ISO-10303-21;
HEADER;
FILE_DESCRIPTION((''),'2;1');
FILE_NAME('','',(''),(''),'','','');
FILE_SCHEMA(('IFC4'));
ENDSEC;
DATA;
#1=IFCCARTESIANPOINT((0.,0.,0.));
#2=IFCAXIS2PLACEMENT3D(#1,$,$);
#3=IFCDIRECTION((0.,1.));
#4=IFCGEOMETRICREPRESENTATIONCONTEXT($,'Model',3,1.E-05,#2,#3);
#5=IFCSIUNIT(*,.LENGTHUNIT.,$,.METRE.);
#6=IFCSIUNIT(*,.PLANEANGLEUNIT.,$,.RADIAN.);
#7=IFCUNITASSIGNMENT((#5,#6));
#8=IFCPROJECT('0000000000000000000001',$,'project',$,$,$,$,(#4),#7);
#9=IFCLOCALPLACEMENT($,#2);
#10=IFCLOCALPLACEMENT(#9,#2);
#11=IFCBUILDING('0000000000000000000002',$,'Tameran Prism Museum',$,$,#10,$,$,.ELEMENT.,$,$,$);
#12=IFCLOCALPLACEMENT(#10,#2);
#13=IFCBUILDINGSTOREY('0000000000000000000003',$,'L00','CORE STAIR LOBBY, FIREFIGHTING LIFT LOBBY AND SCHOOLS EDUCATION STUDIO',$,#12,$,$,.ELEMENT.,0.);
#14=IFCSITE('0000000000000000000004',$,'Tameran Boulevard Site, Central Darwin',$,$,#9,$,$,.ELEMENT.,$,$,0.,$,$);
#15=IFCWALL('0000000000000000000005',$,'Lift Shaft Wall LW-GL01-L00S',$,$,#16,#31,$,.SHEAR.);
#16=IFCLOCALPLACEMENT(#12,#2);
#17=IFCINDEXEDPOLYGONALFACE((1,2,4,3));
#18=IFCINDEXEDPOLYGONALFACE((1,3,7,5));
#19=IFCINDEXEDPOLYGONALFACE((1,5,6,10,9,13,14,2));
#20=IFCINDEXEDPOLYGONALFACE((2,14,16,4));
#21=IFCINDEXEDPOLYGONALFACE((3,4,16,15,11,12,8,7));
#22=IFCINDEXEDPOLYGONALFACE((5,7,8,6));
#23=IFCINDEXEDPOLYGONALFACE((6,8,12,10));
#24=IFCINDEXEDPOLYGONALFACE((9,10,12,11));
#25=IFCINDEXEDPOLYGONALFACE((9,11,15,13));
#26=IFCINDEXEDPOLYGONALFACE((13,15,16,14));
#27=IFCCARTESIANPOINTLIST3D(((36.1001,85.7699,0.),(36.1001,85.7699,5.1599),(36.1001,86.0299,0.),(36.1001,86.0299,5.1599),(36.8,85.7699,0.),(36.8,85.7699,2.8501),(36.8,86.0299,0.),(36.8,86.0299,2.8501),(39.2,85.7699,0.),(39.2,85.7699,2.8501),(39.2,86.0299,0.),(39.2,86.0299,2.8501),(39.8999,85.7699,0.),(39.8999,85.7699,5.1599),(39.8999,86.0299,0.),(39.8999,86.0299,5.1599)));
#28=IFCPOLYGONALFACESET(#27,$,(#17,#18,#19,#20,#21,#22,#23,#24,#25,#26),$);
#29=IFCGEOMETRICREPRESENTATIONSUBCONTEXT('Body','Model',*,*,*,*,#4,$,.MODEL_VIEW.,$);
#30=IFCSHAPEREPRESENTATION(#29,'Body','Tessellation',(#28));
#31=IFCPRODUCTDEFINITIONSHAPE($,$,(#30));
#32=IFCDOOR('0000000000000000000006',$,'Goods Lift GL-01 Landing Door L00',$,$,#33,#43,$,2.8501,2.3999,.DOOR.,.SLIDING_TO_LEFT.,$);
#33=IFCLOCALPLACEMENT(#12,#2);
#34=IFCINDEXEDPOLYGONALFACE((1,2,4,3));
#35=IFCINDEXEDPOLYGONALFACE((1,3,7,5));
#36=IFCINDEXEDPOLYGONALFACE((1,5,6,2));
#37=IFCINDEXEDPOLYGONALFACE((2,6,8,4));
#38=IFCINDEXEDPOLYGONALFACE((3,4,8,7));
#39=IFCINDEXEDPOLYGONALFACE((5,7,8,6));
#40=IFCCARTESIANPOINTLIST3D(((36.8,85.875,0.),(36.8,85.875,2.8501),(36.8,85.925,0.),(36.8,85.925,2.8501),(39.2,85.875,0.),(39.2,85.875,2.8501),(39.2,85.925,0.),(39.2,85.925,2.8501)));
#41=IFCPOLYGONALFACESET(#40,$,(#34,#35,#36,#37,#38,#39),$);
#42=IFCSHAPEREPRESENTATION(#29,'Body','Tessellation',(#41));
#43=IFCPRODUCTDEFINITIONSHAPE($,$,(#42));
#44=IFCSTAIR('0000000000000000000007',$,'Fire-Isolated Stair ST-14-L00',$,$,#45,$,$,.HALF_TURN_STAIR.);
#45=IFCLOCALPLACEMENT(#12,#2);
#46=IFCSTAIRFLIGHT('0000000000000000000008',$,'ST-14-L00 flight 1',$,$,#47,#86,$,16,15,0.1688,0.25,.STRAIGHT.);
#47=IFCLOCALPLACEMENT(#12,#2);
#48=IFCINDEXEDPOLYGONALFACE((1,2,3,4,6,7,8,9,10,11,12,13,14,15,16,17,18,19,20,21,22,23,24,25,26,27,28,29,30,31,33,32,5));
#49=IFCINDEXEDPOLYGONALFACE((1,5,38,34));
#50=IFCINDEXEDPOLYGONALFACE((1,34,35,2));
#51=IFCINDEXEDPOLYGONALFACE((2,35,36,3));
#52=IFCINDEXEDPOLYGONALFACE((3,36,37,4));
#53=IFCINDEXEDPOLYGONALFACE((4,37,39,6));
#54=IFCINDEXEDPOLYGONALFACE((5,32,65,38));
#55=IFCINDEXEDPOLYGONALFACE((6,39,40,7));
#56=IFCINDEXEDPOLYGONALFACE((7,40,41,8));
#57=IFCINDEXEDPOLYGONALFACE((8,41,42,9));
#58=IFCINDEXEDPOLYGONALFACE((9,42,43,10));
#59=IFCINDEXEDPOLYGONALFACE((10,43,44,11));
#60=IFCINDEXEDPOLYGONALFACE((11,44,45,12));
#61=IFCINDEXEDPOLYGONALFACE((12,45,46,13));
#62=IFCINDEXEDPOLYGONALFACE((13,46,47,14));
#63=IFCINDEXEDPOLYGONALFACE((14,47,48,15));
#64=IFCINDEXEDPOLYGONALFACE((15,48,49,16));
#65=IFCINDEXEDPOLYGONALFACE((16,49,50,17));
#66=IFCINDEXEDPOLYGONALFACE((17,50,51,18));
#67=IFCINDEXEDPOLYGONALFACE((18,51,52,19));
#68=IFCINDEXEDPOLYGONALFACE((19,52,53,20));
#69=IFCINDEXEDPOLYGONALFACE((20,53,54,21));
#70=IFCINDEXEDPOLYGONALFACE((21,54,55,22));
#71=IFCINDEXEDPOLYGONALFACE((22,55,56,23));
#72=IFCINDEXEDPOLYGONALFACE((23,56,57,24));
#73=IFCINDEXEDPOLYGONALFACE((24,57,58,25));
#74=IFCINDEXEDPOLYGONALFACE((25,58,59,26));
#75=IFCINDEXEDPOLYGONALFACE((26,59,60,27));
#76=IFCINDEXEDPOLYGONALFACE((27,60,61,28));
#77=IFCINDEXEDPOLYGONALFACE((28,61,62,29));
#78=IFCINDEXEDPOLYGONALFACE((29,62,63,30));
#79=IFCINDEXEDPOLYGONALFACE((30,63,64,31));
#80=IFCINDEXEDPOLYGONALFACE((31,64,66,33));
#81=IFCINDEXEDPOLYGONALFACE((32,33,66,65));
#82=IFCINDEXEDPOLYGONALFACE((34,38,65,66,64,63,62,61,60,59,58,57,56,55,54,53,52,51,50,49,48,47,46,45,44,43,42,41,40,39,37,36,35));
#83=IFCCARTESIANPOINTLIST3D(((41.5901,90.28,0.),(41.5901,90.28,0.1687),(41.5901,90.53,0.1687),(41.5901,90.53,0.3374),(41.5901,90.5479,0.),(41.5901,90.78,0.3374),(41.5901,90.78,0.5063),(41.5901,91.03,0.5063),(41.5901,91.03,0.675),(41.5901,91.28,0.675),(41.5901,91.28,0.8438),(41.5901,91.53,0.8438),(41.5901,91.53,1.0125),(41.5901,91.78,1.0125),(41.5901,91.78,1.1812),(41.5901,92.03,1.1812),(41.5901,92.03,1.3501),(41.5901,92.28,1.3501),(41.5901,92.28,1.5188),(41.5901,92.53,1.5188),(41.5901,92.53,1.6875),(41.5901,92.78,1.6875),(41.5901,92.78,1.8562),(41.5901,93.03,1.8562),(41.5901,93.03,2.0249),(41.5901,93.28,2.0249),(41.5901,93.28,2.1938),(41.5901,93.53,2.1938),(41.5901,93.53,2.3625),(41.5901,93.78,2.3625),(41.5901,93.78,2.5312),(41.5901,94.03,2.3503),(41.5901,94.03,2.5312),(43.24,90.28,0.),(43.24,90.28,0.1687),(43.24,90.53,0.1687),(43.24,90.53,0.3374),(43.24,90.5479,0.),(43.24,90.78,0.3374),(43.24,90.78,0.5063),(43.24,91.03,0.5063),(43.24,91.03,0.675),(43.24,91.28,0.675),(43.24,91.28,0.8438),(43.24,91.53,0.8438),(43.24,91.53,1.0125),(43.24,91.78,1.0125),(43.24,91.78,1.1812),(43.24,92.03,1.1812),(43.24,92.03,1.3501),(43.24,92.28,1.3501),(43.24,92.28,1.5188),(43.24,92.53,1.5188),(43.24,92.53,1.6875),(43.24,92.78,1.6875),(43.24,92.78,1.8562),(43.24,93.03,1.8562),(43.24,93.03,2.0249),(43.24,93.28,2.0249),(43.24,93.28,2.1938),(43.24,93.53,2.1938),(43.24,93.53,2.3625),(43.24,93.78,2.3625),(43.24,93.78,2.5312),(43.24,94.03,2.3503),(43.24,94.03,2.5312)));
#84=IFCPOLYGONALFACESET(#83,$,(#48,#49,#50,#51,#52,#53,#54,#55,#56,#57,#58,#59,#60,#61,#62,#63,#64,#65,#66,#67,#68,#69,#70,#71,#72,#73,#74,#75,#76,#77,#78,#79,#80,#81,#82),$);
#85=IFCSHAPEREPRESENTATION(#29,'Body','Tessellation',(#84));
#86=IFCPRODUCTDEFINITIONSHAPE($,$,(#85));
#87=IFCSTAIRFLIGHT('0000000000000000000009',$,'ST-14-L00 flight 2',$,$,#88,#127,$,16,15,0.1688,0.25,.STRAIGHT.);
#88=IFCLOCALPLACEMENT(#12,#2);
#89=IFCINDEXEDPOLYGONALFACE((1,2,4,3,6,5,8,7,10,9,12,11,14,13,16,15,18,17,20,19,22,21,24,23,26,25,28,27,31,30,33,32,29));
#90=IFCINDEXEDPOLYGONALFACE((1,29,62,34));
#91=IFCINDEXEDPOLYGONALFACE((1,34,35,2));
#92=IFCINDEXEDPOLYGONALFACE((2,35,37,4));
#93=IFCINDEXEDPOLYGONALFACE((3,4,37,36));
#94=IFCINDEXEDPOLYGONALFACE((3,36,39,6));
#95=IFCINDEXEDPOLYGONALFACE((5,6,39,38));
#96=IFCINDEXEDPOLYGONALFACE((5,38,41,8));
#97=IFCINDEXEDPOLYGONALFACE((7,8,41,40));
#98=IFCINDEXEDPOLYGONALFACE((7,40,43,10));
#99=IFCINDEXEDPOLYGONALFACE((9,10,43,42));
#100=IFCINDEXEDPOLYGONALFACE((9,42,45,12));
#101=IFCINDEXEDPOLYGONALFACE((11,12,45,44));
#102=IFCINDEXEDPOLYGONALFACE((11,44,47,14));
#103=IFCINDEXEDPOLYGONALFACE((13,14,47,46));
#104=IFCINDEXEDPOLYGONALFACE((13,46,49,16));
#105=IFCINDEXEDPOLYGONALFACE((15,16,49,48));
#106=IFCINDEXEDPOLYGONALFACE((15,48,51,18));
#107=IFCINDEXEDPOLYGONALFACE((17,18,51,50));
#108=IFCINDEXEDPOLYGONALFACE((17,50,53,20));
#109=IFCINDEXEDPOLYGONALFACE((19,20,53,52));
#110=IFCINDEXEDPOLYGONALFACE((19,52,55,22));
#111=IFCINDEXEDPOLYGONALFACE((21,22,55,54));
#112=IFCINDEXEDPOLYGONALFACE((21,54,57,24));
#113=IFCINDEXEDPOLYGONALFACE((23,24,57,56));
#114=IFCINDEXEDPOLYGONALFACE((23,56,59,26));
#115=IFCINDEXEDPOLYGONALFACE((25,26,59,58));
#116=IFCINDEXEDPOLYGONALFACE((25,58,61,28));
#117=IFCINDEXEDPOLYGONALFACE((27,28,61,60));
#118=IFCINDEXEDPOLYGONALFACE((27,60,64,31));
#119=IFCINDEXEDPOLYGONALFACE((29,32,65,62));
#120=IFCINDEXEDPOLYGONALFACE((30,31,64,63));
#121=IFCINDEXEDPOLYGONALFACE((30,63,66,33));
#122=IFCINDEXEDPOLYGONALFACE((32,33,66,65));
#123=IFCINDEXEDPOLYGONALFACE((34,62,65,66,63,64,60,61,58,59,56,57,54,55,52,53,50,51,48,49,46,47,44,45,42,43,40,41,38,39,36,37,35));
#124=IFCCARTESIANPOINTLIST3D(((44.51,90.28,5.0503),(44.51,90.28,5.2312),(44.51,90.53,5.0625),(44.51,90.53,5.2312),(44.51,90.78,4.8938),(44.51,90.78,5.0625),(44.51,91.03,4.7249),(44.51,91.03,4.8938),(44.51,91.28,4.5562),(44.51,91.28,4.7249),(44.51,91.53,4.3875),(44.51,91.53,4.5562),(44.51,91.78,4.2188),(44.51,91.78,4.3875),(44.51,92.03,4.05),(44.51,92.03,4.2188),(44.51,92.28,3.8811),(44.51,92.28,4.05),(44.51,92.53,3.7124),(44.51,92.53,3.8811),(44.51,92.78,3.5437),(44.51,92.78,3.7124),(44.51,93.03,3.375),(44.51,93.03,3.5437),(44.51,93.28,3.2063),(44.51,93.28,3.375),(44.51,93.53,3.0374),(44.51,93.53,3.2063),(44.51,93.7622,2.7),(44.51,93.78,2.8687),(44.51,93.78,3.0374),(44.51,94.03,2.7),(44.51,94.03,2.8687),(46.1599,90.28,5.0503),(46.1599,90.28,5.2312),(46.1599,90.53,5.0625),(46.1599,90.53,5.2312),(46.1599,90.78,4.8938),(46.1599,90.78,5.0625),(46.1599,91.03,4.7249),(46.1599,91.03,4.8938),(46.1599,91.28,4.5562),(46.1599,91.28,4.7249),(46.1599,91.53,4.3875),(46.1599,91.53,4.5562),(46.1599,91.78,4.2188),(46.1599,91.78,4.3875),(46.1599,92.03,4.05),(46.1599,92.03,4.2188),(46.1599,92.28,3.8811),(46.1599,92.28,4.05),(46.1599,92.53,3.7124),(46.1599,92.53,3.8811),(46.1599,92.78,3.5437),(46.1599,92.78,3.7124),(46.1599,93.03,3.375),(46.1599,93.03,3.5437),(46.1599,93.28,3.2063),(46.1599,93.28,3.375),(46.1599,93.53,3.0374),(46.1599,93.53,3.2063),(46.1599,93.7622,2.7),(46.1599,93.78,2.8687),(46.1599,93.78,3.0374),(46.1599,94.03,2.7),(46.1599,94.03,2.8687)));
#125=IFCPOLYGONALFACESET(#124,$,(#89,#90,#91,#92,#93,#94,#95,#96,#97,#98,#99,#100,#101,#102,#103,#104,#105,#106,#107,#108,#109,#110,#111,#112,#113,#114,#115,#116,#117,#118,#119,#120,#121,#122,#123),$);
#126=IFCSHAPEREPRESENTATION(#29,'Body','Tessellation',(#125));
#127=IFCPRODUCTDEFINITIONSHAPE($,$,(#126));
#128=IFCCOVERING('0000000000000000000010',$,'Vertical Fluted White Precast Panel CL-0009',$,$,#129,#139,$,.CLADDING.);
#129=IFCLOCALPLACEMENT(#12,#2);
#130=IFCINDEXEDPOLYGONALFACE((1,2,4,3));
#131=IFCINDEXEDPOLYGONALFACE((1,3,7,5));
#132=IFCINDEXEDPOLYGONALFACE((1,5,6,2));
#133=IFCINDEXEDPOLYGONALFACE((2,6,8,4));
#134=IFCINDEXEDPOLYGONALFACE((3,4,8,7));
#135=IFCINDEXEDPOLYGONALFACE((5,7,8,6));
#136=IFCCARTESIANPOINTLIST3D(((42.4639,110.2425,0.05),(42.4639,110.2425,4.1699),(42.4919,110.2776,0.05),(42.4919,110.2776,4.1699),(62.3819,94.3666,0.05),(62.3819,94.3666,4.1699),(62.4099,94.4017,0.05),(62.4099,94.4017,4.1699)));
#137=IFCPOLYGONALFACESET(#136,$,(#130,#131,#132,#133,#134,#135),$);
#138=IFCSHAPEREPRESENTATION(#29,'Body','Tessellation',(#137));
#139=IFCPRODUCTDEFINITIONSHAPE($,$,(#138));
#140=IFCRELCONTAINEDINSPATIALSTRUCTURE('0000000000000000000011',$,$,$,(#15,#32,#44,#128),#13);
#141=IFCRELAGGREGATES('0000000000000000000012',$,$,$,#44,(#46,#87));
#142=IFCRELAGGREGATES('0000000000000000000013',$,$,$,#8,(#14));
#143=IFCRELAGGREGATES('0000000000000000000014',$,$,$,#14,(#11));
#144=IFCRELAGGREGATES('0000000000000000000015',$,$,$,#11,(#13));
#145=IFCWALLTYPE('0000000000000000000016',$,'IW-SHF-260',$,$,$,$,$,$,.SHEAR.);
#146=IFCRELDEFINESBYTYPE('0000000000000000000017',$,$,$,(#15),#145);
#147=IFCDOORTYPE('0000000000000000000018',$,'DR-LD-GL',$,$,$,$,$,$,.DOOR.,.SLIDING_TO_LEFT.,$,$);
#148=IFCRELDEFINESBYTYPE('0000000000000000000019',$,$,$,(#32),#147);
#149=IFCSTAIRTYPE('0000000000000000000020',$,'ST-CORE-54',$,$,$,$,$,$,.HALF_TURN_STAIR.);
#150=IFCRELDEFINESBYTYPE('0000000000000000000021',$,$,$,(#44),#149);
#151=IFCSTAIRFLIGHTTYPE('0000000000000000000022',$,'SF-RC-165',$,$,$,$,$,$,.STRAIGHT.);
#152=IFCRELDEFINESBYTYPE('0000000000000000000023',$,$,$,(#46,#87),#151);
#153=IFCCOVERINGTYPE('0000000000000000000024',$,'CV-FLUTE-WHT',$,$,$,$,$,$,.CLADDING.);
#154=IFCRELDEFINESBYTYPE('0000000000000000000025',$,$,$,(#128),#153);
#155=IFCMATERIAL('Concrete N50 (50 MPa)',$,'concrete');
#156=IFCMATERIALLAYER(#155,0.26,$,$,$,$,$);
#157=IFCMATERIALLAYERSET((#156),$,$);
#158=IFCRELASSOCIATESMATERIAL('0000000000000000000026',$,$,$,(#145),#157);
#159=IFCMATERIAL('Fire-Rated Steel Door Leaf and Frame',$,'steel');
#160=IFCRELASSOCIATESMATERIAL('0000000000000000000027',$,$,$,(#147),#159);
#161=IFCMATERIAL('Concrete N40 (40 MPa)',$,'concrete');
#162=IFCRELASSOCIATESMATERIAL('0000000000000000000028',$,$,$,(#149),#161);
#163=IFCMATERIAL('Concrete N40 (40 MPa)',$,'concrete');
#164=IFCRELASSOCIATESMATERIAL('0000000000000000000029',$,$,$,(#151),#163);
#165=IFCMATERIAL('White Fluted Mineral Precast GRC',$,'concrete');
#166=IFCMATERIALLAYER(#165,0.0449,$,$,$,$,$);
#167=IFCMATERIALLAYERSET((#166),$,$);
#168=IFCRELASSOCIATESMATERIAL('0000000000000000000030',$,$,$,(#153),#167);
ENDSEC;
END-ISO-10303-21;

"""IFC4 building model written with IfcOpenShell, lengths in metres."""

from ifc_helpers import new_model, si_unit, direction, frame, frame_2d, origin, place, context, subcontext, project, spatial, polyline, rectangle, outline, extrude, material, layer, layer_set, type_object, element, fill, aggregate, save


model = new_model("IFC4")

# Units and contexts
model_context = context("Model", 3, precision=1e-05, world=origin(), true_north=direction((0.0, 1.0)))
body_context = subcontext(model_context, "Body", "Model", "MODEL_VIEW")
ifc_project = project(units=[si_unit("LENGTHUNIT", "METRE"), si_unit("PLANEANGLEUNIT", "RADIAN")], contexts=[model_context])

# Site, building, storey
site_placement = place(None, origin())
site = spatial("IfcSite", under=ifc_project, at=site_placement, Name="Tameran Boulevard Site, Central Darwin", CompositionType="ELEMENT", RefElevation=0.0)
building_placement = place(site_placement, origin())
building = spatial("IfcBuilding", under=site, at=building_placement, Name="Tameran Prism Museum", CompositionType="ELEMENT")
storey_placement = place(building_placement, origin())
storey = spatial("IfcBuildingStorey", under=building, at=storey_placement, Name="L00", Description="CORE STAIR LOBBY, FIREFIGHTING LIFT LOBBY AND SCHOOLS EDUCATION STUDIO", CompositionType="ELEMENT", Elevation=0.0)

# Shared definitions
ifc_material_1 = material(Name="Concrete N50 (50 MPa)", Category="concrete")
ifc_layer_1 = layer(ifc_material_1, 0.26)
ifc_layer_set_1 = layer_set([ifc_layer_1])
wall_type_1 = type_object("IfcWallType", Name="IW-SHF-260", PredefinedType="SHEAR", material=ifc_layer_set_1)

# Wall, opening, door
wall_1_placement = place(storey_placement, frame((39.8999, 85.8999, 0.0), z_axis=(0.0, 0.0, 1.0), x_axis=(-1.0, 0.0, 0.0)))
wall_1 = element("IfcWall", 1, at=wall_1_placement, inside=storey, type_object=wall_type_1, Name="Lift Shaft Wall LW-GL01-L00S", PredefinedType="SHEAR", context=body_context, shape_type="SweptSolid", body=[
    extrude(rectangle(XDim=3.7998, YDim=0.26, at=frame_2d((1.8999, 0.0))), origin(), (0.0, 0.0, 1.0), 5.1599),
])
opening_1_placement = place(wall_1_placement, frame((0.7, 0.0, 0.0)))
opening_1 = element("IfcOpeningElement", 2, at=opening_1_placement, cuts=wall_1, PredefinedType="OPENING", context=body_context, shape_type="SweptSolid", body=[
    extrude(rectangle(XDim=2.3999, YDim=2.8501, at=frame_2d((1.2, 1.425))), frame((0.0, 0.1399, 0.0), z_axis=(0.0, -1.0, 0.0), x_axis=(1.0, 0.0, 0.0)), (0.0, 0.0, 1.0), 0.28),
])
ifc_material_2 = material(Name="Fire-Rated Steel Door Leaf and Frame", Category="steel")
door_type_1 = type_object("IfcDoorType", Name="DR-LD-GL", OperationType="SLIDING_TO_LEFT", PredefinedType="DOOR", material=ifc_material_2)
door_1_placement = place(opening_1_placement, origin())
door_1 = element("IfcDoor", 3, at=door_1_placement, inside=storey, type_object=door_type_1, Name="Goods Lift GL-01 Landing Door L00", OperationType="SLIDING_TO_LEFT", OverallHeight=2.8501, OverallWidth=2.3999, PredefinedType="DOOR", context=body_context, shape_type="SweptSolid", body=[
    extrude(rectangle(XDim=2.3999, YDim=2.8501, at=frame_2d((1.2, 1.425))), frame((0.0, 0.0249, 0.0), z_axis=(0.0, -1.0, 0.0), x_axis=(1.0, 0.0, 0.0)), (0.0, 0.0, 1.0), 0.05),
])
fill(opening_1, door_1)

# Stair, stair flights
ifc_material_3 = material(Name="Concrete N40 (40 MPa)", Category="concrete")
stair_type = type_object("IfcStairType", Name="ST-CORE-54", PredefinedType="HALF_TURN_STAIR", material=ifc_material_3)
stair_placement = place(storey_placement, origin())
stair = element("IfcStair", 4, at=stair_placement, inside=storey, type_object=stair_type, Name="Fire-Isolated Stair ST-14-L00", PredefinedType="HALF_TURN_STAIR")
ifc_material_4 = material(Name="Concrete N40 (40 MPa)", Category="concrete")
stair_flight_type = type_object("IfcStairFlightType", Name="SF-RC-165", PredefinedType="STRAIGHT", material=ifc_material_4)
stair_flight_1_placement = place(storey_placement, frame((42.415, 90.28, 0.0), z_axis=(0.0, 0.0, 1.0), x_axis=(0.0, 1.0, 0.0)))
stair_flight_1 = element("IfcStairFlight", 5, at=stair_flight_1_placement, type_object=stair_flight_type, Name="ST-14-L00 flight 1", NumberOfRisers=16, NumberOfTreads=15, PredefinedType="STRAIGHT", RiserHeight=0.1688, TreadLength=0.25, context=body_context, shape_type="SweptSolid", body=[
    extrude(outline(polyline([(0.0, 0.0), (0.0, 0.1687), (0.25, 0.1687), (0.25, 0.3374), (0.5, 0.3374), (0.5, 0.5063), (0.75, 0.5063), (0.75, 0.675), (1.0, 0.675), (1.0, 0.8438), (1.25, 0.8438), (1.25, 1.0125), (1.5, 1.0125), (1.5, 1.1812), (1.75, 1.1812), (1.75, 1.3501), (2.0, 1.3501), (2.0, 1.5188), (2.25, 1.5188), (2.25, 1.6875), (2.5, 1.6875), (2.5, 1.8562), (2.75, 1.8562), (2.75, 2.0249), (3.0, 2.0249), (3.0, 2.1938), (3.25, 2.1938), (3.25, 2.3625), (3.5, 2.3625), (3.5, 2.5312), (3.75, 2.5312), (3.75, 2.7), (3.75, 2.3503), (0.2678, 0.0), (0.0, 0.0)])), frame((0.0, 0.825, 0.0), z_axis=(0.0, -1.0, 0.0), x_axis=(1.0, 0.0, 0.0)), (0.0, 0.0, 1.0), 1.6499),
])
stair_flight_2_placement = place(storey_placement, frame((45.335, 94.03, 2.7), z_axis=(0.0, 0.0, 1.0), x_axis=(0.0, -1.0, 0.0)))
stair_flight_2 = element("IfcStairFlight", 6, at=stair_flight_2_placement, type_object=stair_flight_type, Name="ST-14-L00 flight 2", NumberOfRisers=16, NumberOfTreads=15, PredefinedType="STRAIGHT", RiserHeight=0.1688, TreadLength=0.25, context=body_context, shape_type="SweptSolid", body=[
    extrude(outline(polyline([(0.0, 0.0), (0.0, 0.1687), (0.25, 0.1687), (0.25, 0.3374), (0.5, 0.3374), (0.5, 0.5063), (0.75, 0.5063), (0.75, 0.675), (1.0, 0.675), (1.0, 0.8438), (1.25, 0.8438), (1.25, 1.0125), (1.5, 1.0125), (1.5, 1.1812), (1.75, 1.1812), (1.75, 1.3501), (2.0, 1.3501), (2.0, 1.5188), (2.25, 1.5188), (2.25, 1.6875), (2.5, 1.6875), (2.5, 1.8562), (2.75, 1.8562), (2.75, 2.0249), (3.0, 2.0249), (3.0, 2.1938), (3.25, 2.1938), (3.25, 2.3625), (3.5, 2.3625), (3.5, 2.5312), (3.75, 2.5312), (3.75, 2.7), (3.75, 2.3503), (0.2678, 0.0), (0.0, 0.0)])), frame((0.0, 0.825, 0.0), z_axis=(0.0, -1.0, 0.0), x_axis=(1.0, 0.0, 0.0)), (0.0, 0.0, 1.0), 1.6499),
])
aggregate(stair, [stair_flight_1, stair_flight_2])

# Covering
ifc_material_5 = material(Name="White Fluted Mineral Precast GRC", Category="concrete")
ifc_layer_2 = layer(ifc_material_5, 0.0449)
ifc_layer_set_2 = layer_set([ifc_layer_2])
covering_type = type_object("IfcCoveringType", Name="CV-FLUTE-WHT", PredefinedType="CLADDING", material=ifc_layer_set_2)
covering_placement = place(storey_placement, frame((42.478, 110.26, 0.05), z_axis=(0.0, 0.0, 1.0), x_axis=(0.781986, -0.623296, 0.0)))
element("IfcCovering", 7, at=covering_placement, inside=storey, type_object=covering_type, Name="Vertical Fluted White Precast Panel CL-0009", PredefinedType="CLADDING", context=body_context, shape_type="SweptSolid", body=[
    extrude(rectangle(XDim=25.4709, YDim=0.0449, at=frame_2d((12.7354, 0.0))), origin(), (0.0, 0.0, 1.0), 4.1199),
])

save(model, "model.ifc")
